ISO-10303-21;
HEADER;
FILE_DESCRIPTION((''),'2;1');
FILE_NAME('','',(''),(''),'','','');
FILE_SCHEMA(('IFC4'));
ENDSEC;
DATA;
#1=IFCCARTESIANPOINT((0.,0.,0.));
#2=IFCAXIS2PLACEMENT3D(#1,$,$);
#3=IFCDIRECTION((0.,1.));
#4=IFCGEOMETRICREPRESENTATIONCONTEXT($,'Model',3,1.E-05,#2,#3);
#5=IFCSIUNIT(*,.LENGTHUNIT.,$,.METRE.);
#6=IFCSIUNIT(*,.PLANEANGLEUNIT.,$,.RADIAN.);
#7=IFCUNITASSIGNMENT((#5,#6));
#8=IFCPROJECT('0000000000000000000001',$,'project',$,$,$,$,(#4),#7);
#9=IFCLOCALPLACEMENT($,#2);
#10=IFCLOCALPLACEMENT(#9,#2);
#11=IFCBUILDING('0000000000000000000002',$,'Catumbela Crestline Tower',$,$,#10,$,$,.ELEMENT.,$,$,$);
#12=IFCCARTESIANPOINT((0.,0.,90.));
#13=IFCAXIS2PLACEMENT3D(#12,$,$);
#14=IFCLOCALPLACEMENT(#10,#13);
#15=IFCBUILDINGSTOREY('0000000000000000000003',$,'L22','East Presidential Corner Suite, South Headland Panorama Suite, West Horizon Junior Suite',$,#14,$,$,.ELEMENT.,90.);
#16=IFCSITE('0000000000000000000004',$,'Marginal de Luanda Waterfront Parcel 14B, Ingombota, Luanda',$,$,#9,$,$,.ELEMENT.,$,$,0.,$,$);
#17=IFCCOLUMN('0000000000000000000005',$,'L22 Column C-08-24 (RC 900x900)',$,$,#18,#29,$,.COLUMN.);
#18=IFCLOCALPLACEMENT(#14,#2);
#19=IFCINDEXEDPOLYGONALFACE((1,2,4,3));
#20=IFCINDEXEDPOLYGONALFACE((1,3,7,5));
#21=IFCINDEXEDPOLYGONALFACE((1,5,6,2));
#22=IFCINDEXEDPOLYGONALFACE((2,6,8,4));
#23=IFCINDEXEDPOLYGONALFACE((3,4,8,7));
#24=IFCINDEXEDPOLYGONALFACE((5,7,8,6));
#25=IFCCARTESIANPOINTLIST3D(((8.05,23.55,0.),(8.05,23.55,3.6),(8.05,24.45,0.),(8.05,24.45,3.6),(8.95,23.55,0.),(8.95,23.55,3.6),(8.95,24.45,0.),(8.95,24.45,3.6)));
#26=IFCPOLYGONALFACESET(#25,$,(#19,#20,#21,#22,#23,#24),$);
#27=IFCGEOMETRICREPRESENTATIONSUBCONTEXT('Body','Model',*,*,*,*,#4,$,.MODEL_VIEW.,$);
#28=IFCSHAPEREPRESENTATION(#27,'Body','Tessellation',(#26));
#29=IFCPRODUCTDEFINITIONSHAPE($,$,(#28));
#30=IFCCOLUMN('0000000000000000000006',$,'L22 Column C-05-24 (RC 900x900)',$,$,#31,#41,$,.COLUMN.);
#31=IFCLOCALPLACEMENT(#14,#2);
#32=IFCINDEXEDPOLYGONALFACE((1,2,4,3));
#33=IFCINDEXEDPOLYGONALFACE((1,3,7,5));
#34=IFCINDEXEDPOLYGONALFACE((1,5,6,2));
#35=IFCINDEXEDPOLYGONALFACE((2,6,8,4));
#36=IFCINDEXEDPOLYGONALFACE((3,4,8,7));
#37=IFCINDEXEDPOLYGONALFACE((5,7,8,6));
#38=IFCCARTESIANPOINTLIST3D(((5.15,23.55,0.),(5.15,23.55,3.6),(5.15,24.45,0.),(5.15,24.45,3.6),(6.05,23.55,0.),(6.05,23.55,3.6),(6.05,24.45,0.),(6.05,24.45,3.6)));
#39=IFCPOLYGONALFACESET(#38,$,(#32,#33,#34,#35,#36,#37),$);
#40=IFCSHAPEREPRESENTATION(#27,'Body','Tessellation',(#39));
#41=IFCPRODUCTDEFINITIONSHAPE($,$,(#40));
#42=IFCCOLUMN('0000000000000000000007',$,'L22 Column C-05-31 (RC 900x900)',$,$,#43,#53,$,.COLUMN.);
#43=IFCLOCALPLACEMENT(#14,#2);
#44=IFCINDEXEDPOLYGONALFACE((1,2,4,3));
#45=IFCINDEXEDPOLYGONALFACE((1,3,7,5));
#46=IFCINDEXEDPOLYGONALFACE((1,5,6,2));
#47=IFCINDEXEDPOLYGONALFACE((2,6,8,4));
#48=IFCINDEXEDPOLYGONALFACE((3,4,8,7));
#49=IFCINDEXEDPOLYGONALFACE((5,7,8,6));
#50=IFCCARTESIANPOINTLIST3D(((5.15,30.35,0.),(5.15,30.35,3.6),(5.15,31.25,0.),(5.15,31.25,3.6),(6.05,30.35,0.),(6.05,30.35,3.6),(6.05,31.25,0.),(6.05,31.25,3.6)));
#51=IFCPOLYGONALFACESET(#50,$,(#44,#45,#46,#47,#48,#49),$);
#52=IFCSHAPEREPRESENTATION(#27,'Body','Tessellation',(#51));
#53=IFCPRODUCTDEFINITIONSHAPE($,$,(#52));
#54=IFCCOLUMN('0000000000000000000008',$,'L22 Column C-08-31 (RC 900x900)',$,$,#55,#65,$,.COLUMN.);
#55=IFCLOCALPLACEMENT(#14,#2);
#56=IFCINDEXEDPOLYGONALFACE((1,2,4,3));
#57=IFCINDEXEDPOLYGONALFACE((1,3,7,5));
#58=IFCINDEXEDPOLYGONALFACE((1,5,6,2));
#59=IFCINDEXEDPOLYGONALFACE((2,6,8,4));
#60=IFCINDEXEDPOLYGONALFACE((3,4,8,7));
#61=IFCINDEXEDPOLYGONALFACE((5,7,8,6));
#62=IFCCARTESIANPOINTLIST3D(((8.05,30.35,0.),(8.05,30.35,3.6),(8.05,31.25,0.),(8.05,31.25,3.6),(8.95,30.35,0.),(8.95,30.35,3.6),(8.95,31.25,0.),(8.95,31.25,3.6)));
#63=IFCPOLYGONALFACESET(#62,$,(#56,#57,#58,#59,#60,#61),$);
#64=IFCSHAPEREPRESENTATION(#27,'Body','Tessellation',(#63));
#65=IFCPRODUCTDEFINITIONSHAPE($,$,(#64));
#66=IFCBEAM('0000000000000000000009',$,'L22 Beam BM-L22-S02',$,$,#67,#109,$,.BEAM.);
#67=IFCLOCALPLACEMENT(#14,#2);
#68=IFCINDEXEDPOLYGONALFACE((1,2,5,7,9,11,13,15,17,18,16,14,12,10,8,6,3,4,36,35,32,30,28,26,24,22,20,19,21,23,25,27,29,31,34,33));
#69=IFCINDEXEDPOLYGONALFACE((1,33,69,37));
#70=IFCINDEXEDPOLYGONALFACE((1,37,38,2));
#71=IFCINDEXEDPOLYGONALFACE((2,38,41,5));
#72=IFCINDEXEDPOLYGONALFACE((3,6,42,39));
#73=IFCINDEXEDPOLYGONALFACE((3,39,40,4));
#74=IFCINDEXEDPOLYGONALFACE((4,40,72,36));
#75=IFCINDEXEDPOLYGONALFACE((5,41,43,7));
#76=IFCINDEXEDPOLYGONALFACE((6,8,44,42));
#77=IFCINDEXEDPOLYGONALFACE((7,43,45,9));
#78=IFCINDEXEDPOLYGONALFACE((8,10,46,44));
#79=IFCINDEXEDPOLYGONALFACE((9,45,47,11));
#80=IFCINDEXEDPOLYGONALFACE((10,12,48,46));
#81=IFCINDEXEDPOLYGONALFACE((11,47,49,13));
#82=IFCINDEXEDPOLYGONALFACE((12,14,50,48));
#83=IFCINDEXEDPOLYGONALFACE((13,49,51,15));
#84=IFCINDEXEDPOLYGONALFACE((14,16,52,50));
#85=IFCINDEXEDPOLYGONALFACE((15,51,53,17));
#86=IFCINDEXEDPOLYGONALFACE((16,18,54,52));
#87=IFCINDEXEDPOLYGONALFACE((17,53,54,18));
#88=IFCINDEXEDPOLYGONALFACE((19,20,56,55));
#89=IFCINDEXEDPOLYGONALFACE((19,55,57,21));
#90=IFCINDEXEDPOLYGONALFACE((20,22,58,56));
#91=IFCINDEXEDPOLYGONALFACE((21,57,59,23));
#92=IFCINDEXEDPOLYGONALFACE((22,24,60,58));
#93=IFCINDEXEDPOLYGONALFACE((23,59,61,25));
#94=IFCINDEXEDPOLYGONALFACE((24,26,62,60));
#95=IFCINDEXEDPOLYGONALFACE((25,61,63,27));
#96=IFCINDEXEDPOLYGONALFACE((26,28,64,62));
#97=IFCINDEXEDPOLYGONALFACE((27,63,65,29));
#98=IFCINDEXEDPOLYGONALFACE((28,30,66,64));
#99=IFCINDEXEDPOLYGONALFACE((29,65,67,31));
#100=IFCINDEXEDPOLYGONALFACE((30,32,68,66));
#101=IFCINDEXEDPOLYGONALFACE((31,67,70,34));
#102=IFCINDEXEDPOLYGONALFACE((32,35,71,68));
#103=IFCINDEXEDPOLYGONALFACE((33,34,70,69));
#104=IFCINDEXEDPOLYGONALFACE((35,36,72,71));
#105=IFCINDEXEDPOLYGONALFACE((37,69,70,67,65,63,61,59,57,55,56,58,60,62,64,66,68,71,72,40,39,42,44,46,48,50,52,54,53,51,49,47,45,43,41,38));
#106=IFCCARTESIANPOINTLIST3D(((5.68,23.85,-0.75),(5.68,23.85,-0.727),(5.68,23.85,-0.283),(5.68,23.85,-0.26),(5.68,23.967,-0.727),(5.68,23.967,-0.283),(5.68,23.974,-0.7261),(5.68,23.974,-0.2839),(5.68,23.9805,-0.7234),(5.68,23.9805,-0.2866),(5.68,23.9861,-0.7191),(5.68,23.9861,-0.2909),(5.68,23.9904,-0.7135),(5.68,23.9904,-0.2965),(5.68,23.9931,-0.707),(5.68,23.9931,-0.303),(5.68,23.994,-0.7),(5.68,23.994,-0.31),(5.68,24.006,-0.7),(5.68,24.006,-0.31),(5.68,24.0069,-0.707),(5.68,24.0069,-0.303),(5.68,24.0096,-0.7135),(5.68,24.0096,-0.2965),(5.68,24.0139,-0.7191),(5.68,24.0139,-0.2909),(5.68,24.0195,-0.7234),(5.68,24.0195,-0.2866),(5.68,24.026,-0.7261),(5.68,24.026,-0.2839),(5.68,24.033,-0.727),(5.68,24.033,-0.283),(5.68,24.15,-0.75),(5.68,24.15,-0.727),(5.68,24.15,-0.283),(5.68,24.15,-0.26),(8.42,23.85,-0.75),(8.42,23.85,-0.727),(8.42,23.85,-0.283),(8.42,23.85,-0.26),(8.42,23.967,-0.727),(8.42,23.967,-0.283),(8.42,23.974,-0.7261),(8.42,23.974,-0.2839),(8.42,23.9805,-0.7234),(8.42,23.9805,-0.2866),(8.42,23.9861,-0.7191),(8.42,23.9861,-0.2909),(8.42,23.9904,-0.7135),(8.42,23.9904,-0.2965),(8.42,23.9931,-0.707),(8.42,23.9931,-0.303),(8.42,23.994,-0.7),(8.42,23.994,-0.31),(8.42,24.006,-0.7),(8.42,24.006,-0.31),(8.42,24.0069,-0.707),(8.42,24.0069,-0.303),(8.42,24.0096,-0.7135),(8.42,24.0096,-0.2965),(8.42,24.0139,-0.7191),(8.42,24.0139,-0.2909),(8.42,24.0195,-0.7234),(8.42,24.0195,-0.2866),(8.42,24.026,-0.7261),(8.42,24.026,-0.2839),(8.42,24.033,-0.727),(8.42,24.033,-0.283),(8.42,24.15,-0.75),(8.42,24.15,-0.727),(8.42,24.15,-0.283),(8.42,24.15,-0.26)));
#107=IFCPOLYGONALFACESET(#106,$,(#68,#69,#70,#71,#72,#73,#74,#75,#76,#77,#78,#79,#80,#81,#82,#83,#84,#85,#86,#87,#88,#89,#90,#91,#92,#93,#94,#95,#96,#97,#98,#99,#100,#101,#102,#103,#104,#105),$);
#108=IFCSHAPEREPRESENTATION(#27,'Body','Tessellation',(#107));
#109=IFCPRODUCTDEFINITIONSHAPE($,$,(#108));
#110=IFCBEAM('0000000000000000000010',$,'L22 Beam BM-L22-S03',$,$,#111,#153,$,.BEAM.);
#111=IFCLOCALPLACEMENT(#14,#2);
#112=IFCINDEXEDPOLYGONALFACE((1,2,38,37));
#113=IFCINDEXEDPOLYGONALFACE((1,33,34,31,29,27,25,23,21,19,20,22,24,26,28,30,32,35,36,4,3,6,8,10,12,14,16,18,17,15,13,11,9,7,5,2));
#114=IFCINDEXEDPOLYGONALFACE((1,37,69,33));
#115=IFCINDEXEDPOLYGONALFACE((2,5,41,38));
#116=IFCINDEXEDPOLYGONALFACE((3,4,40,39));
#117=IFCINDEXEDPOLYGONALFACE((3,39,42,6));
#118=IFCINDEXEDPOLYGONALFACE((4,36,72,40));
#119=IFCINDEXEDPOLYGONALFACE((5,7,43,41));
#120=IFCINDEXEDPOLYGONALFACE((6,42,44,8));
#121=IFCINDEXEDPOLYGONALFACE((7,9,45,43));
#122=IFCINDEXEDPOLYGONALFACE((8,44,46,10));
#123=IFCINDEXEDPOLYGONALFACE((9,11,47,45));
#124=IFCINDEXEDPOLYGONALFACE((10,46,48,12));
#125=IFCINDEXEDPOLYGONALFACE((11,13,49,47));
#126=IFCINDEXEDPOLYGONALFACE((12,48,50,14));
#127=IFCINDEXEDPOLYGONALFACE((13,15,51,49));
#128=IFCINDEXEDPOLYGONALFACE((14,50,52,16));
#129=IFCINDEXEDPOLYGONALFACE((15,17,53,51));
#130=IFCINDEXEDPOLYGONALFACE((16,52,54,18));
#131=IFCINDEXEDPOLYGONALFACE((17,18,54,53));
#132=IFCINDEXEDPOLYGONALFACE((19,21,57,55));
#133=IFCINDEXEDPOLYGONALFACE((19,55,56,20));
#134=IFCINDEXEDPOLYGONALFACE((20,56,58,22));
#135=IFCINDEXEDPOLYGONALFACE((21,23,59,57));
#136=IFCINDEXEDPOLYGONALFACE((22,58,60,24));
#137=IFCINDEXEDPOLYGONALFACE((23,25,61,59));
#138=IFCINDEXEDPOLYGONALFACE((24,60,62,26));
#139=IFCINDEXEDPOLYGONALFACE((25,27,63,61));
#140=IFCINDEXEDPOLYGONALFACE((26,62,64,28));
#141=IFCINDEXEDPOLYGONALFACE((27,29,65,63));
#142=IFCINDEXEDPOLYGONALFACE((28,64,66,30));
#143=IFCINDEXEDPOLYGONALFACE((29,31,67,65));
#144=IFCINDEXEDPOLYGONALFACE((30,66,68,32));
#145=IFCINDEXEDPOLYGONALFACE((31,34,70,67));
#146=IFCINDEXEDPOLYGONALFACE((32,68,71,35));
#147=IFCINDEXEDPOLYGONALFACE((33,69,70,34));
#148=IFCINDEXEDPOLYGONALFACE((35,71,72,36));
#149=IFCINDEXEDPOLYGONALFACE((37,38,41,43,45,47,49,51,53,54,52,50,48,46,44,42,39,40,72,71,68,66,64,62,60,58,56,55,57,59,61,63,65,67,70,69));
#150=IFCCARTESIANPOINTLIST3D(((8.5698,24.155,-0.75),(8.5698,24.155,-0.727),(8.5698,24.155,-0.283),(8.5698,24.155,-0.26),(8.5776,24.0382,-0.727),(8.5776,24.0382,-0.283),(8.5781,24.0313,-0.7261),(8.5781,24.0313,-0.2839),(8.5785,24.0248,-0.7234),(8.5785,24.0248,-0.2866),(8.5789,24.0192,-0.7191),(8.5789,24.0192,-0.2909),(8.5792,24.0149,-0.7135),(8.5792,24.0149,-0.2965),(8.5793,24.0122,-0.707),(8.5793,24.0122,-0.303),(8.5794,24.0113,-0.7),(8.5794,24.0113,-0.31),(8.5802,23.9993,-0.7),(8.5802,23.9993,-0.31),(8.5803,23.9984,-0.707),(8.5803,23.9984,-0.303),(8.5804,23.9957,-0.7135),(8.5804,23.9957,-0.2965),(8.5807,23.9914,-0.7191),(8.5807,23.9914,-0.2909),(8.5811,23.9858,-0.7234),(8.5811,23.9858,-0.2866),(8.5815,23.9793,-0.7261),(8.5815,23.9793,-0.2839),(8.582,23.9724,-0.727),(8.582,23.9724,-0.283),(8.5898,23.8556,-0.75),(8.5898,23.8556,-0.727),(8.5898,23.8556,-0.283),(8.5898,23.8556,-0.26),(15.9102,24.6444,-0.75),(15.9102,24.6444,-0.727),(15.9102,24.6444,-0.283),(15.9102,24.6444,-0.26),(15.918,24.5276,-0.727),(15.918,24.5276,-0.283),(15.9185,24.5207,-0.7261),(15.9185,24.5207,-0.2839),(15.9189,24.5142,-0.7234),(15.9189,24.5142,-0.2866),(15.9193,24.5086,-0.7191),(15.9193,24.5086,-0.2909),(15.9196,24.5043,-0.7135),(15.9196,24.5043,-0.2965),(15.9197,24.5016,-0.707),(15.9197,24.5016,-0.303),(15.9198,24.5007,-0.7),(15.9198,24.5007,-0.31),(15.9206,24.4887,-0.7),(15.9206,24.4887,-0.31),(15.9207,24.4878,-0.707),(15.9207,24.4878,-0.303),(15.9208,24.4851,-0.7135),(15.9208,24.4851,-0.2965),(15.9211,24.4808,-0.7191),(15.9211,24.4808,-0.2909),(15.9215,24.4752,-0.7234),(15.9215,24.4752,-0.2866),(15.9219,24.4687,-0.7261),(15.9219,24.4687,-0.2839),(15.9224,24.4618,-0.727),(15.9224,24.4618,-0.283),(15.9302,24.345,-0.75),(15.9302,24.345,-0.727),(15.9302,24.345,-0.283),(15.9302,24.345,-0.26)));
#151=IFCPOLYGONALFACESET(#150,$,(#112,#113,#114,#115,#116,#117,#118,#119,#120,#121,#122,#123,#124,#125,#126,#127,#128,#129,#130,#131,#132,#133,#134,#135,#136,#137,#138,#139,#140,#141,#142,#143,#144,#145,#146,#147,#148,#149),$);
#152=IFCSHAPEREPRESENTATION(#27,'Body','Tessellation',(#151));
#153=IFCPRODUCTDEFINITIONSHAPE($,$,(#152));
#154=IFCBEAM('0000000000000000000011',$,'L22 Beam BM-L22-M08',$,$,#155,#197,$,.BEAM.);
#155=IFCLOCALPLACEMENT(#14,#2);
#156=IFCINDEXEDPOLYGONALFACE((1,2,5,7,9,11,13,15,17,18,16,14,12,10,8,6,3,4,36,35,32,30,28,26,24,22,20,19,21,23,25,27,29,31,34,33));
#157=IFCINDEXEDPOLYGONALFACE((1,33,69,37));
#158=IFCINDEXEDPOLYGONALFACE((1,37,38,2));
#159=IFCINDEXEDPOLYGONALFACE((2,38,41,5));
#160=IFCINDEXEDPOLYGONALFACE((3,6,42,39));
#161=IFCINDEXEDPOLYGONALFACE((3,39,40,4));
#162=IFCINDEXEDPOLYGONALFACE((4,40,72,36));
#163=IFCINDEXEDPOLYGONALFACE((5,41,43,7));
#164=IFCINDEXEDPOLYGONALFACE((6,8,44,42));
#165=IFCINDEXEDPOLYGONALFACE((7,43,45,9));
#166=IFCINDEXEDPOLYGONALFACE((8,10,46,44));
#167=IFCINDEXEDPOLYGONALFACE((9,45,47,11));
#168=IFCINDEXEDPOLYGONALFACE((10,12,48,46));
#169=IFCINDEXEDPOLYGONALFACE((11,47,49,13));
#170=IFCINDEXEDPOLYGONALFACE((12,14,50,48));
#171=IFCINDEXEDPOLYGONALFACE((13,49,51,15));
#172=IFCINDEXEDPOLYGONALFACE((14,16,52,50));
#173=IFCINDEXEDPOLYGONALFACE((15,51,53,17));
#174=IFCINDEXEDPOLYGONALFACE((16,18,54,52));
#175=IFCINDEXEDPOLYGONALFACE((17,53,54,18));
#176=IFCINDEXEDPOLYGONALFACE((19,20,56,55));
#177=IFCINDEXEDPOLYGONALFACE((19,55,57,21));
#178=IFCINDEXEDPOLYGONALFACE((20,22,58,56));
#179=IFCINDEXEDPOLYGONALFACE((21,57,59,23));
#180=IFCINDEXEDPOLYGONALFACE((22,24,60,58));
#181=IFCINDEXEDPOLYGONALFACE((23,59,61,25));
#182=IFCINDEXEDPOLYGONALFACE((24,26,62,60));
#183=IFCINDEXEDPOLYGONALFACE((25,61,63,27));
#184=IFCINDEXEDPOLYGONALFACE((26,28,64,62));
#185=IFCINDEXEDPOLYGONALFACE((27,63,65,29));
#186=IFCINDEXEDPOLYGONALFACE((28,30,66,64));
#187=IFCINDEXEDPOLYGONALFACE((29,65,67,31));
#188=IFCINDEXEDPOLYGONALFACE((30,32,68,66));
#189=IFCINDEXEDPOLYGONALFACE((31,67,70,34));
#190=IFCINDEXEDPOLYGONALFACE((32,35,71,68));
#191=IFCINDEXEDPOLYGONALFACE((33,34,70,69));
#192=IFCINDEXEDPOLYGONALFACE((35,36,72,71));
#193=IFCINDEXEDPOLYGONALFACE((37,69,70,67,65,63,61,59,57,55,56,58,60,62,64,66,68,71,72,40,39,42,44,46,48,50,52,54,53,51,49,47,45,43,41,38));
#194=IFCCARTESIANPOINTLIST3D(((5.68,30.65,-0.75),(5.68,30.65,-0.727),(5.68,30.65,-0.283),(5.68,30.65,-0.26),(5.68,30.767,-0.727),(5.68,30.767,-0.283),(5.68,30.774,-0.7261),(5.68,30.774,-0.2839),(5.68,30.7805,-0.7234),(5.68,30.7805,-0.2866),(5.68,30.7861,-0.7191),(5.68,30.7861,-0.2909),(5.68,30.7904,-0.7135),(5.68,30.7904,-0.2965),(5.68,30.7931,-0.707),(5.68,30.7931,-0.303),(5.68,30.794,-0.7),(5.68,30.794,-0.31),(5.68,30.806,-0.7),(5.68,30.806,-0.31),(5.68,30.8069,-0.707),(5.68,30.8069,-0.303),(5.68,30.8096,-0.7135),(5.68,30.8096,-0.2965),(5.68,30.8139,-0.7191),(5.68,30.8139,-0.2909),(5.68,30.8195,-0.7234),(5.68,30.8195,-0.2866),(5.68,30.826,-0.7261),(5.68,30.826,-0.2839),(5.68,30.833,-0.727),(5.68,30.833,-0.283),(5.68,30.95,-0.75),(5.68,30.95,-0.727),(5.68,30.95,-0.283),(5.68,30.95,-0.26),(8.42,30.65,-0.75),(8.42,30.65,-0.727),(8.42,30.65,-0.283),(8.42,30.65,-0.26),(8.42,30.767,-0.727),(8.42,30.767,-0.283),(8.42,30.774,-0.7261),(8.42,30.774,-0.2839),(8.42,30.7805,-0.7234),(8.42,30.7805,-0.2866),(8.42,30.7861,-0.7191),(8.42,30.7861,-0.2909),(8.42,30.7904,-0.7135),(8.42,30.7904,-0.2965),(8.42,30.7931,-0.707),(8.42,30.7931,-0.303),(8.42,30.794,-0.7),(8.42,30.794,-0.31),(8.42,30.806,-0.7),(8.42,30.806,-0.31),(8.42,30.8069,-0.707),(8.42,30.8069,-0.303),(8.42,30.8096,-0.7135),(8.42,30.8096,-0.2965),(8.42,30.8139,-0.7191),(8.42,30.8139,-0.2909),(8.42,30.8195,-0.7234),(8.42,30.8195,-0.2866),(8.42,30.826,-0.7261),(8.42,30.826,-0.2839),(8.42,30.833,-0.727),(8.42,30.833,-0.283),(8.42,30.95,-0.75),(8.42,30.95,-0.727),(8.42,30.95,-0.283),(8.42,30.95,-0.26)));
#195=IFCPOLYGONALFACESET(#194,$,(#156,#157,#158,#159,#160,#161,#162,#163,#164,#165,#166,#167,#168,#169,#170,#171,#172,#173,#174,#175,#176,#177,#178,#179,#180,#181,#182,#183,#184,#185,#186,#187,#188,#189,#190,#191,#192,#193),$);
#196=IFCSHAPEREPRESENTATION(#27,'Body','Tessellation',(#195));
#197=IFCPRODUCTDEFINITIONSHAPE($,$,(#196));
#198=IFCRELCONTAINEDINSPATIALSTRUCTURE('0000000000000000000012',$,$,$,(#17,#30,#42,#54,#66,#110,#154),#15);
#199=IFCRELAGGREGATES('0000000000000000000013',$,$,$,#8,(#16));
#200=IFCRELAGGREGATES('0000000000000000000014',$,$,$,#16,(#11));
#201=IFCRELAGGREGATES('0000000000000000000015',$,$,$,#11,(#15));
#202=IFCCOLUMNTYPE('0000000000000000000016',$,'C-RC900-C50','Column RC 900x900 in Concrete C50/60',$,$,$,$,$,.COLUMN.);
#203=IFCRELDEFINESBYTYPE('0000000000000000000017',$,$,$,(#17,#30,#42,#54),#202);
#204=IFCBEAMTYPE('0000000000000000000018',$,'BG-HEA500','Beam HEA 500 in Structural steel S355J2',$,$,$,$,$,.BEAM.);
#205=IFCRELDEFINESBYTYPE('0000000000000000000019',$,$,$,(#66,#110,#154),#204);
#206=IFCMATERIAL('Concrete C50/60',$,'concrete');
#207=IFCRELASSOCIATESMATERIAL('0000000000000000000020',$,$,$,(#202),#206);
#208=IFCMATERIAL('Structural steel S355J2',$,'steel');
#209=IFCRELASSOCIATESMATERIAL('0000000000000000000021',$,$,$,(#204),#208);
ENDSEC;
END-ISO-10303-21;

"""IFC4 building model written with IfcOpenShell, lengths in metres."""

from ifc_helpers import new_model, si_unit, direction, frame, origin, origin_2d, place, context, subcontext, project, spatial, rectangle, i_section, extrude, material, material_profile, profile_set, type_object, element, save


model = new_model("IFC4")

# Units and contexts
model_context = context("Model", 3, precision=1e-05, world=origin(), true_north=direction((0.0, 1.0)))
body_context = subcontext(model_context, "Body", "Model", "MODEL_VIEW")
ifc_project = project(units=[si_unit("LENGTHUNIT", "METRE"), si_unit("PLANEANGLEUNIT", "RADIAN")], contexts=[model_context])

# Site, building, storey
site_placement = place(None, origin())
site = spatial("IfcSite", under=ifc_project, at=site_placement, Name="Marginal de Luanda Waterfront Parcel 14B, Ingombota, Luanda", CompositionType="ELEMENT", RefElevation=0.0)
building_placement = place(site_placement, origin())
building = spatial("IfcBuilding", under=site, at=building_placement, Name="Catumbela Crestline Tower", CompositionType="ELEMENT")
storey_placement = place(building_placement, frame((0.0, 0.0, 90.0)))
storey = spatial("IfcBuildingStorey", under=building, at=storey_placement, Name="L22", Description="East Presidential Corner Suite, South Headland Panorama Suite, West Horizon Junior Suite", CompositionType="ELEMENT", Elevation=90.0)

# Columns
ifc_material_1 = material(Name="Concrete C50/60", Category="concrete")
ifc_material_profile_1 = material_profile(ifc_material_1, rectangle(XDim=0.9, YDim=0.9, at=origin_2d()), Name="RC 900x900")
ifc_profile_set_1 = profile_set([ifc_material_profile_1], Name="Concrete C50/60")
column_type = type_object("IfcColumnType", Name="C-RC900-C50", Description="Column RC 900x900 in Concrete C50/60", PredefinedType="COLUMN", material=ifc_profile_set_1)
for number, where, z_axis, x_axis, name in (
    (1, (8.5, 24.0, 0.0), (0.0, 0.0, 1.0), (1.0, 0.0, 0.0), "L22 Column C-08-24 (RC 900x900)"),
    (2, (5.6, 24.0, 0.0), (0.0, 0.0, 1.0), (1.0, 0.0, 0.0), "L22 Column C-05-24 (RC 900x900)"),
    (3, (5.6, 30.8, 0.0), (0.0, 0.0, 1.0), (1.0, 0.0, 0.0), "L22 Column C-05-31 (RC 900x900)"),
    (4, (8.5, 30.8, 0.0), (0.0, 0.0, 1.0), (1.0, 0.0, 0.0), "L22 Column C-08-31 (RC 900x900)"),
):
    element("IfcColumn", number, at=place(storey_placement, frame(where, z_axis=z_axis, x_axis=x_axis)), inside=storey, type_object=column_type, Name=name, PredefinedType="COLUMN", context=body_context, shape_type="SweptSolid", body=[
        extrude(rectangle(XDim=0.9, YDim=0.9, at=origin_2d()), origin(), (0.0, 0.0, 1.0), 3.6),
    ])

# Beams
ifc_material_2 = material(Name="Structural steel S355J2", Category="steel")
ifc_material_profile_2 = material_profile(ifc_material_2, i_section(OverallWidth=0.3, OverallDepth=0.49, WebThickness=0.012, FlangeThickness=0.023, FilletRadius=0.027, at=origin_2d()), Name="HEA 500")
ifc_profile_set_2 = profile_set([ifc_material_profile_2], Name="Structural steel S355J2")
beam_type = type_object("IfcBeamType", Name="BG-HEA500", Description="Beam HEA 500 in Structural steel S355J2", PredefinedType="BEAM", material=ifc_profile_set_2)
beam_1_placement = place(storey_placement, frame((5.68, 24.0, -0.505), z_axis=(1.0, 0.0, 0.0), x_axis=(0.0, 1.0, 0.0)))
element("IfcBeam", 5, at=beam_1_placement, inside=storey, type_object=beam_type, Name="L22 Beam BM-L22-S02", PredefinedType="BEAM", context=body_context, shape_type="SweptSolid", body=[
    extrude(i_section(OverallWidth=0.3, OverallDepth=0.49, WebThickness=0.012, FlangeThickness=0.023, FilletRadius=0.027, at=origin_2d()), origin(), (0.0, 0.0, 1.0), 2.74),
])
beam_2_placement = place(storey_placement, frame((8.5798, 24.0053, -0.505), z_axis=(0.997785, 0.066524, 0.0), x_axis=(-0.066524, 0.997785, 0.0)))
element("IfcBeam", 6, at=beam_2_placement, inside=storey, type_object=beam_type, Name="L22 Beam BM-L22-S03", PredefinedType="BEAM", context=body_context, shape_type="SweptSolid", body=[
    extrude(i_section(OverallWidth=0.3, OverallDepth=0.49, WebThickness=0.012, FlangeThickness=0.023, FilletRadius=0.027, at=origin_2d()), origin(), (0.0, 0.0, 1.0), 7.3567),
])
beam_3_placement = place(storey_placement, frame((5.68, 30.8, -0.505), z_axis=(1.0, 0.0, 0.0), x_axis=(0.0, 1.0, 0.0)))
element("IfcBeam", 7, at=beam_3_placement, inside=storey, type_object=beam_type, Name="L22 Beam BM-L22-M08", PredefinedType="BEAM", context=body_context, shape_type="SweptSolid", body=[
    extrude(i_section(OverallWidth=0.3, OverallDepth=0.49, WebThickness=0.012, FlangeThickness=0.023, FilletRadius=0.027, at=origin_2d()), origin(), (0.0, 0.0, 1.0), 2.74),
])

save(model, "model.ifc")
